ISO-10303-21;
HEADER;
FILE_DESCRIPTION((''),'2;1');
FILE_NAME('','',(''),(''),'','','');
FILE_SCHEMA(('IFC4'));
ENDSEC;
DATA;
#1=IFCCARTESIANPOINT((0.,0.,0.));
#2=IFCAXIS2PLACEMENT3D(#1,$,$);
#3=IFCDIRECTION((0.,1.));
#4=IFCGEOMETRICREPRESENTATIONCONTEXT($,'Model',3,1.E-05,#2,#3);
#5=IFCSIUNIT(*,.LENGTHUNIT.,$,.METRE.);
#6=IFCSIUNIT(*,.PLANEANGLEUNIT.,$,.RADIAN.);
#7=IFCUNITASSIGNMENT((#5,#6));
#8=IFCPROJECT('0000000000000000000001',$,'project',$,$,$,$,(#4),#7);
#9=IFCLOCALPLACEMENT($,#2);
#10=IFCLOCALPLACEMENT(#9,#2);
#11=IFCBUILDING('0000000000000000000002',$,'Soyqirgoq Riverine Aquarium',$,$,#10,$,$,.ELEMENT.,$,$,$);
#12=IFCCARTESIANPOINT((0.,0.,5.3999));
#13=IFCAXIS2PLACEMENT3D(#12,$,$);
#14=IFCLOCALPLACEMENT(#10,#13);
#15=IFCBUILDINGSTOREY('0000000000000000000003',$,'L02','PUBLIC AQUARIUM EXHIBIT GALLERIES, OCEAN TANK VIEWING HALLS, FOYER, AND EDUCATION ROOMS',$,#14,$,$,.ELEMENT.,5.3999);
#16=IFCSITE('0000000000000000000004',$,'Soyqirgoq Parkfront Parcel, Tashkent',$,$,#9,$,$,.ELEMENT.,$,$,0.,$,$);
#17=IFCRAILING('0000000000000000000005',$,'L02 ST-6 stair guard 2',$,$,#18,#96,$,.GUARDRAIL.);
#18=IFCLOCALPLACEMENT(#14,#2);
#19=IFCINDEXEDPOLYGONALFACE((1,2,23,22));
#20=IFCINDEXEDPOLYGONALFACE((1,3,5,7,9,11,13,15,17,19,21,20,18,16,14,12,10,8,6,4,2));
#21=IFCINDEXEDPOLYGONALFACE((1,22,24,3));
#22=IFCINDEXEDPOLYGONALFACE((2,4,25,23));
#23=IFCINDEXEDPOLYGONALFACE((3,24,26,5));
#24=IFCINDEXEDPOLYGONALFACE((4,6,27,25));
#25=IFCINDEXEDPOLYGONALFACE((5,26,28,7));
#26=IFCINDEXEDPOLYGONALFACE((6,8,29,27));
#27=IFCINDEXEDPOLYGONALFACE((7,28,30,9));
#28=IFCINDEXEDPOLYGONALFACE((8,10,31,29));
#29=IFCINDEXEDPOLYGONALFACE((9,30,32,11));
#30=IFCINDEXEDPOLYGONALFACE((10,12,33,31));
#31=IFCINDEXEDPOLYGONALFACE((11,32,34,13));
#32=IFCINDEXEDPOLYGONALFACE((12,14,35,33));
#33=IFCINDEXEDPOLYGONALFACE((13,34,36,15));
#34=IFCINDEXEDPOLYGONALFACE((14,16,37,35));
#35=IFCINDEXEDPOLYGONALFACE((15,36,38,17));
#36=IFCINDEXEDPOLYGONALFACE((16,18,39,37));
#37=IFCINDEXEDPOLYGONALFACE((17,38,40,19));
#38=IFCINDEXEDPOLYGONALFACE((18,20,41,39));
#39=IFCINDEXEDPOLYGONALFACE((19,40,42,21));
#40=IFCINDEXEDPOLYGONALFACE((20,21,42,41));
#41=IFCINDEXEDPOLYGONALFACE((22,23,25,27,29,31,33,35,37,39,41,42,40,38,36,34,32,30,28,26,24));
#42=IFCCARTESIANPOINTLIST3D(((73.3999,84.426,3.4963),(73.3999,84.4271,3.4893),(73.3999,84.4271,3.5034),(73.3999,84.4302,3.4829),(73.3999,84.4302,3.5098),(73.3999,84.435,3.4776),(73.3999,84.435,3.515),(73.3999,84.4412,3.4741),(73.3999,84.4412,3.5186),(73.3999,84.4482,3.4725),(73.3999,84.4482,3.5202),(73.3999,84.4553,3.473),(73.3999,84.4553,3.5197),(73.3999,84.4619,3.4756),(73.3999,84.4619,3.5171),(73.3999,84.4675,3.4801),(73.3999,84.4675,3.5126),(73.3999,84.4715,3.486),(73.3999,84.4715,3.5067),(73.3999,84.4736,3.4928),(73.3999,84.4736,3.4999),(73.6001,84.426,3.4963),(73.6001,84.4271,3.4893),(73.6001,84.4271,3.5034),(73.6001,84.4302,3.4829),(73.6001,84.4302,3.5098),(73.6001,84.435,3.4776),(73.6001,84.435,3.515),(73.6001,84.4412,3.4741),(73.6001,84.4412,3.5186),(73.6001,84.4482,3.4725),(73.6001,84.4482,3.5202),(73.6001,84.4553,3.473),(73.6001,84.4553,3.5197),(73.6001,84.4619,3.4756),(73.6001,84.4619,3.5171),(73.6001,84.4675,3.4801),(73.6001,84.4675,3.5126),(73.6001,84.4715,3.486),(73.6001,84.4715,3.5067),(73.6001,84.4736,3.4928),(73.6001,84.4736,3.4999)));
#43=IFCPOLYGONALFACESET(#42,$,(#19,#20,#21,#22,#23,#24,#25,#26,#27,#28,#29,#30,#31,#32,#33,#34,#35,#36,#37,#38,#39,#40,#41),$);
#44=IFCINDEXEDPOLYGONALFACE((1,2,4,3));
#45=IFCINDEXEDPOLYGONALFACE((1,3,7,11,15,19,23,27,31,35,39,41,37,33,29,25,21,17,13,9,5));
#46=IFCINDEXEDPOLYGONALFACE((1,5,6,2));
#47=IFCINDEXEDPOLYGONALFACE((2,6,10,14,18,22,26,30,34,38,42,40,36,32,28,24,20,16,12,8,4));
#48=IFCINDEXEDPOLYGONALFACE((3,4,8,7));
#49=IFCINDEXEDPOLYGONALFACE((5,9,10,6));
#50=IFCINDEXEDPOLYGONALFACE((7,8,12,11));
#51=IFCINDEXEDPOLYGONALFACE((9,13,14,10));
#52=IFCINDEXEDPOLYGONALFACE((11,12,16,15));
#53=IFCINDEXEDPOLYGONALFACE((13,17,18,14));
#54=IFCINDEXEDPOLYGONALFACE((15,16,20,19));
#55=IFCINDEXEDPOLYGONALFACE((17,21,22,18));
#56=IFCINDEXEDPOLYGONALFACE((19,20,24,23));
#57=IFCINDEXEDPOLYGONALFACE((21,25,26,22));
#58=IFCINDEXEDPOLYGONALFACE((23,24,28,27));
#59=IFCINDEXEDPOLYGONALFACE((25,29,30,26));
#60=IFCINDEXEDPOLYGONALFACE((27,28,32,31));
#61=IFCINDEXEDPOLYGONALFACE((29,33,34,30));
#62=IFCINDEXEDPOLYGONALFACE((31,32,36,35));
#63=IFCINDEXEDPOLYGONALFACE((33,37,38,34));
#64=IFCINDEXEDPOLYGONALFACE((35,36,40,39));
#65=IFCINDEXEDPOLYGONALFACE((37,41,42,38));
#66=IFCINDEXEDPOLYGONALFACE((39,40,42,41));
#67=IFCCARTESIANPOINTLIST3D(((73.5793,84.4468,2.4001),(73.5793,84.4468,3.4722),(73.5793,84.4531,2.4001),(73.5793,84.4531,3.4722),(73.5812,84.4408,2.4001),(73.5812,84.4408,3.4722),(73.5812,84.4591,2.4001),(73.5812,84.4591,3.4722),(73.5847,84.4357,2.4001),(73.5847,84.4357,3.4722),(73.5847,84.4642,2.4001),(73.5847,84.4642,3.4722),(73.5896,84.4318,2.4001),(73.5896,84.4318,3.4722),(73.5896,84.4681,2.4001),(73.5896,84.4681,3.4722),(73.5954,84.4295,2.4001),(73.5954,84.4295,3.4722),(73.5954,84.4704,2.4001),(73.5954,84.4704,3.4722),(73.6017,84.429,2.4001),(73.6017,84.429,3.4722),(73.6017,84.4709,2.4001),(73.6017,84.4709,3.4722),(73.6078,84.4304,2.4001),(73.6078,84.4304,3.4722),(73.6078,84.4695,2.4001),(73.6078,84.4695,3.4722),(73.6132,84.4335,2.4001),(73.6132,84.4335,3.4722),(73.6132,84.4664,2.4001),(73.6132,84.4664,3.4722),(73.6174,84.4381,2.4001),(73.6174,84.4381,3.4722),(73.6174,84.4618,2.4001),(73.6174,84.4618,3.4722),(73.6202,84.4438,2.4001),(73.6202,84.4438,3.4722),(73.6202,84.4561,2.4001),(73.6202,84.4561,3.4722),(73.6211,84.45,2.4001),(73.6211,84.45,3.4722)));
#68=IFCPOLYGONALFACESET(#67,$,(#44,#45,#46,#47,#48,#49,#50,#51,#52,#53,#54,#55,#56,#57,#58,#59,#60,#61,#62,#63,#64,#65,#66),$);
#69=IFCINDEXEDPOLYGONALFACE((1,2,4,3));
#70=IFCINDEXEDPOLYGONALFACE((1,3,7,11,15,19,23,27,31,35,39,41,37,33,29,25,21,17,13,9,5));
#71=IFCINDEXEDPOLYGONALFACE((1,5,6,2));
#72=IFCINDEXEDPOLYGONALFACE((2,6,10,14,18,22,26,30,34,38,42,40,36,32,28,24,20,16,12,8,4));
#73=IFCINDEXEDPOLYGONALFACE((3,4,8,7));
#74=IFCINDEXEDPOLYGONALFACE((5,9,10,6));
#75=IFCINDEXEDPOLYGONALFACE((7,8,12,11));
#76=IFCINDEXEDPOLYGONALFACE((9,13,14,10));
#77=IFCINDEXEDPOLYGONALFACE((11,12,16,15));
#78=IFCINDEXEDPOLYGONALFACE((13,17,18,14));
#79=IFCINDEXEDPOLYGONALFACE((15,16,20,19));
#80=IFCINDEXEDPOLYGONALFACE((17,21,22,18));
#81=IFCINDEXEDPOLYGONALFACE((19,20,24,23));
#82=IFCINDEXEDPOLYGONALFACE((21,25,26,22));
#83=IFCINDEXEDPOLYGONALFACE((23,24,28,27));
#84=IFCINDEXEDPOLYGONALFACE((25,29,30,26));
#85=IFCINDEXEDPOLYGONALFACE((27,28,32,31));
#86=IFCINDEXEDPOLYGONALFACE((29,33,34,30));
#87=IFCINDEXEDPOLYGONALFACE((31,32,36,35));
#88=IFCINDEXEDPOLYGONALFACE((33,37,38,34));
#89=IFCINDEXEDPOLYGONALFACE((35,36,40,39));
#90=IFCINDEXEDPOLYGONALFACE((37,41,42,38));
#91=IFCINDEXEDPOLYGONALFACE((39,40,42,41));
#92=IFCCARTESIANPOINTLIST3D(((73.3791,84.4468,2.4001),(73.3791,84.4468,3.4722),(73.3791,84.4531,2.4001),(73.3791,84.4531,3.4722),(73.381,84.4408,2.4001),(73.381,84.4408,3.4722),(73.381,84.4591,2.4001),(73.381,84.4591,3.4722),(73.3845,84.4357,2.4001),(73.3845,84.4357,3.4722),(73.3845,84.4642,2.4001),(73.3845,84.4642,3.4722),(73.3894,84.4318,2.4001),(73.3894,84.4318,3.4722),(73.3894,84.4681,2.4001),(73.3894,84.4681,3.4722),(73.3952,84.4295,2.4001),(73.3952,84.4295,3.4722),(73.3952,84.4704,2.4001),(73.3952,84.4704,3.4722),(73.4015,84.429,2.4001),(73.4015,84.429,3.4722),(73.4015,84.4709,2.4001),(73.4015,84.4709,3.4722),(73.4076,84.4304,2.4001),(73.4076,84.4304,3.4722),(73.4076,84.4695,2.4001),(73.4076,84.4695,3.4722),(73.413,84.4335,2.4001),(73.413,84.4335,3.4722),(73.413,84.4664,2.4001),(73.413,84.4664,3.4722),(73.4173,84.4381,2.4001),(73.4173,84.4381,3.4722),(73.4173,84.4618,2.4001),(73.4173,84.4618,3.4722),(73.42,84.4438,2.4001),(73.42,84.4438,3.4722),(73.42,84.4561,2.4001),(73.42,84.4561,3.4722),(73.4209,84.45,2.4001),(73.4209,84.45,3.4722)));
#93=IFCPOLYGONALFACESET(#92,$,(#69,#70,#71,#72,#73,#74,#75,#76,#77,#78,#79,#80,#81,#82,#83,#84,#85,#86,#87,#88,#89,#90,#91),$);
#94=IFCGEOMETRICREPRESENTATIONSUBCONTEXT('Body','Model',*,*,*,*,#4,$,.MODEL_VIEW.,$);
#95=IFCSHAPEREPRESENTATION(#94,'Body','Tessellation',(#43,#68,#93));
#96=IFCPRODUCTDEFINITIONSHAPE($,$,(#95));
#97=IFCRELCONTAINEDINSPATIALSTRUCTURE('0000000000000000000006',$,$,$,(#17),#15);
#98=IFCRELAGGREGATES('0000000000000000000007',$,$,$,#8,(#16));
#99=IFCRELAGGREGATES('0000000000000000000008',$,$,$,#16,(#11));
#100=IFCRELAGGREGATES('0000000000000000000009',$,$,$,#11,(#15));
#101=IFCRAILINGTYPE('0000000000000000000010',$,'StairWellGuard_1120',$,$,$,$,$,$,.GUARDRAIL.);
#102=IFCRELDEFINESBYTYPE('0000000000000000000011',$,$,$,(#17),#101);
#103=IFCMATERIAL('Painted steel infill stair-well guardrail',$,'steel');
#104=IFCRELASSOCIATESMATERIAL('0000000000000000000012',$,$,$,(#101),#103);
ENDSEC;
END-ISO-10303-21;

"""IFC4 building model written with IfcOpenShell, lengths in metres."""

from ifc_helpers import new_model, si_unit, direction, frame, origin, origin_2d, place, context, subcontext, project, spatial, circle, extrude, material, type_object, element, save


model = new_model("IFC4")

# Units and contexts
model_context = context("Model", 3, precision=1e-05, world=origin(), true_north=direction((0.0, 1.0)))
body_context = subcontext(model_context, "Body", "Model", "MODEL_VIEW")
ifc_project = project(units=[si_unit("LENGTHUNIT", "METRE"), si_unit("PLANEANGLEUNIT", "RADIAN")], contexts=[model_context])

# Site, building, storey
site_placement = place(None, origin())
site = spatial("IfcSite", under=ifc_project, at=site_placement, Name="Soyqirgoq Parkfront Parcel, Tashkent", CompositionType="ELEMENT", RefElevation=0.0)
building_placement = place(site_placement, origin())
building = spatial("IfcBuilding", under=site, at=building_placement, Name="Soyqirgoq Riverine Aquarium", CompositionType="ELEMENT")
storey_placement = place(building_placement, frame((0.0, 0.0, 5.3999)))
storey = spatial("IfcBuildingStorey", under=building, at=storey_placement, Name="L02", Description="PUBLIC AQUARIUM EXHIBIT GALLERIES, OCEAN TANK VIEWING HALLS, FOYER, AND EDUCATION ROOMS", CompositionType="ELEMENT", Elevation=5.3999)

# Railing
ifc_material_1 = material(Name="Painted steel infill stair-well guardrail", Category="steel")
railing_type_1 = type_object("IfcRailingType", Name="StairWellGuard_1120", PredefinedType="GUARDRAIL", material=ifc_material_1)
railing_1_placement = place(storey_placement, frame((73.6001, 84.45, 2.4001)))
element("IfcRailing", 1, at=railing_1_placement, inside=storey, type_object=railing_type_1, Name="L02 ST-6 stair guard 2", PredefinedType="GUARDRAIL", context=body_context, shape_type="SweptSolid", body=[
    extrude(circle(Radius=0.0239, at=origin_2d()), frame((0.0, 0.0, 1.0962), z_axis=(-1.0, 0.0, 0.0), x_axis=(0.0, -1.0, 0.0)), (0.0, 0.0, 1.0), 0.2002),
    extrude(circle(Radius=0.021, at=origin_2d()), origin(), (0.0, 0.0, 1.0), 1.072),
    extrude(circle(Radius=0.021, at=origin_2d()), frame((-0.2002, 0.0, 0.0)), (0.0, 0.0, 1.0), 1.072),
])

save(model, "model.ifc")
